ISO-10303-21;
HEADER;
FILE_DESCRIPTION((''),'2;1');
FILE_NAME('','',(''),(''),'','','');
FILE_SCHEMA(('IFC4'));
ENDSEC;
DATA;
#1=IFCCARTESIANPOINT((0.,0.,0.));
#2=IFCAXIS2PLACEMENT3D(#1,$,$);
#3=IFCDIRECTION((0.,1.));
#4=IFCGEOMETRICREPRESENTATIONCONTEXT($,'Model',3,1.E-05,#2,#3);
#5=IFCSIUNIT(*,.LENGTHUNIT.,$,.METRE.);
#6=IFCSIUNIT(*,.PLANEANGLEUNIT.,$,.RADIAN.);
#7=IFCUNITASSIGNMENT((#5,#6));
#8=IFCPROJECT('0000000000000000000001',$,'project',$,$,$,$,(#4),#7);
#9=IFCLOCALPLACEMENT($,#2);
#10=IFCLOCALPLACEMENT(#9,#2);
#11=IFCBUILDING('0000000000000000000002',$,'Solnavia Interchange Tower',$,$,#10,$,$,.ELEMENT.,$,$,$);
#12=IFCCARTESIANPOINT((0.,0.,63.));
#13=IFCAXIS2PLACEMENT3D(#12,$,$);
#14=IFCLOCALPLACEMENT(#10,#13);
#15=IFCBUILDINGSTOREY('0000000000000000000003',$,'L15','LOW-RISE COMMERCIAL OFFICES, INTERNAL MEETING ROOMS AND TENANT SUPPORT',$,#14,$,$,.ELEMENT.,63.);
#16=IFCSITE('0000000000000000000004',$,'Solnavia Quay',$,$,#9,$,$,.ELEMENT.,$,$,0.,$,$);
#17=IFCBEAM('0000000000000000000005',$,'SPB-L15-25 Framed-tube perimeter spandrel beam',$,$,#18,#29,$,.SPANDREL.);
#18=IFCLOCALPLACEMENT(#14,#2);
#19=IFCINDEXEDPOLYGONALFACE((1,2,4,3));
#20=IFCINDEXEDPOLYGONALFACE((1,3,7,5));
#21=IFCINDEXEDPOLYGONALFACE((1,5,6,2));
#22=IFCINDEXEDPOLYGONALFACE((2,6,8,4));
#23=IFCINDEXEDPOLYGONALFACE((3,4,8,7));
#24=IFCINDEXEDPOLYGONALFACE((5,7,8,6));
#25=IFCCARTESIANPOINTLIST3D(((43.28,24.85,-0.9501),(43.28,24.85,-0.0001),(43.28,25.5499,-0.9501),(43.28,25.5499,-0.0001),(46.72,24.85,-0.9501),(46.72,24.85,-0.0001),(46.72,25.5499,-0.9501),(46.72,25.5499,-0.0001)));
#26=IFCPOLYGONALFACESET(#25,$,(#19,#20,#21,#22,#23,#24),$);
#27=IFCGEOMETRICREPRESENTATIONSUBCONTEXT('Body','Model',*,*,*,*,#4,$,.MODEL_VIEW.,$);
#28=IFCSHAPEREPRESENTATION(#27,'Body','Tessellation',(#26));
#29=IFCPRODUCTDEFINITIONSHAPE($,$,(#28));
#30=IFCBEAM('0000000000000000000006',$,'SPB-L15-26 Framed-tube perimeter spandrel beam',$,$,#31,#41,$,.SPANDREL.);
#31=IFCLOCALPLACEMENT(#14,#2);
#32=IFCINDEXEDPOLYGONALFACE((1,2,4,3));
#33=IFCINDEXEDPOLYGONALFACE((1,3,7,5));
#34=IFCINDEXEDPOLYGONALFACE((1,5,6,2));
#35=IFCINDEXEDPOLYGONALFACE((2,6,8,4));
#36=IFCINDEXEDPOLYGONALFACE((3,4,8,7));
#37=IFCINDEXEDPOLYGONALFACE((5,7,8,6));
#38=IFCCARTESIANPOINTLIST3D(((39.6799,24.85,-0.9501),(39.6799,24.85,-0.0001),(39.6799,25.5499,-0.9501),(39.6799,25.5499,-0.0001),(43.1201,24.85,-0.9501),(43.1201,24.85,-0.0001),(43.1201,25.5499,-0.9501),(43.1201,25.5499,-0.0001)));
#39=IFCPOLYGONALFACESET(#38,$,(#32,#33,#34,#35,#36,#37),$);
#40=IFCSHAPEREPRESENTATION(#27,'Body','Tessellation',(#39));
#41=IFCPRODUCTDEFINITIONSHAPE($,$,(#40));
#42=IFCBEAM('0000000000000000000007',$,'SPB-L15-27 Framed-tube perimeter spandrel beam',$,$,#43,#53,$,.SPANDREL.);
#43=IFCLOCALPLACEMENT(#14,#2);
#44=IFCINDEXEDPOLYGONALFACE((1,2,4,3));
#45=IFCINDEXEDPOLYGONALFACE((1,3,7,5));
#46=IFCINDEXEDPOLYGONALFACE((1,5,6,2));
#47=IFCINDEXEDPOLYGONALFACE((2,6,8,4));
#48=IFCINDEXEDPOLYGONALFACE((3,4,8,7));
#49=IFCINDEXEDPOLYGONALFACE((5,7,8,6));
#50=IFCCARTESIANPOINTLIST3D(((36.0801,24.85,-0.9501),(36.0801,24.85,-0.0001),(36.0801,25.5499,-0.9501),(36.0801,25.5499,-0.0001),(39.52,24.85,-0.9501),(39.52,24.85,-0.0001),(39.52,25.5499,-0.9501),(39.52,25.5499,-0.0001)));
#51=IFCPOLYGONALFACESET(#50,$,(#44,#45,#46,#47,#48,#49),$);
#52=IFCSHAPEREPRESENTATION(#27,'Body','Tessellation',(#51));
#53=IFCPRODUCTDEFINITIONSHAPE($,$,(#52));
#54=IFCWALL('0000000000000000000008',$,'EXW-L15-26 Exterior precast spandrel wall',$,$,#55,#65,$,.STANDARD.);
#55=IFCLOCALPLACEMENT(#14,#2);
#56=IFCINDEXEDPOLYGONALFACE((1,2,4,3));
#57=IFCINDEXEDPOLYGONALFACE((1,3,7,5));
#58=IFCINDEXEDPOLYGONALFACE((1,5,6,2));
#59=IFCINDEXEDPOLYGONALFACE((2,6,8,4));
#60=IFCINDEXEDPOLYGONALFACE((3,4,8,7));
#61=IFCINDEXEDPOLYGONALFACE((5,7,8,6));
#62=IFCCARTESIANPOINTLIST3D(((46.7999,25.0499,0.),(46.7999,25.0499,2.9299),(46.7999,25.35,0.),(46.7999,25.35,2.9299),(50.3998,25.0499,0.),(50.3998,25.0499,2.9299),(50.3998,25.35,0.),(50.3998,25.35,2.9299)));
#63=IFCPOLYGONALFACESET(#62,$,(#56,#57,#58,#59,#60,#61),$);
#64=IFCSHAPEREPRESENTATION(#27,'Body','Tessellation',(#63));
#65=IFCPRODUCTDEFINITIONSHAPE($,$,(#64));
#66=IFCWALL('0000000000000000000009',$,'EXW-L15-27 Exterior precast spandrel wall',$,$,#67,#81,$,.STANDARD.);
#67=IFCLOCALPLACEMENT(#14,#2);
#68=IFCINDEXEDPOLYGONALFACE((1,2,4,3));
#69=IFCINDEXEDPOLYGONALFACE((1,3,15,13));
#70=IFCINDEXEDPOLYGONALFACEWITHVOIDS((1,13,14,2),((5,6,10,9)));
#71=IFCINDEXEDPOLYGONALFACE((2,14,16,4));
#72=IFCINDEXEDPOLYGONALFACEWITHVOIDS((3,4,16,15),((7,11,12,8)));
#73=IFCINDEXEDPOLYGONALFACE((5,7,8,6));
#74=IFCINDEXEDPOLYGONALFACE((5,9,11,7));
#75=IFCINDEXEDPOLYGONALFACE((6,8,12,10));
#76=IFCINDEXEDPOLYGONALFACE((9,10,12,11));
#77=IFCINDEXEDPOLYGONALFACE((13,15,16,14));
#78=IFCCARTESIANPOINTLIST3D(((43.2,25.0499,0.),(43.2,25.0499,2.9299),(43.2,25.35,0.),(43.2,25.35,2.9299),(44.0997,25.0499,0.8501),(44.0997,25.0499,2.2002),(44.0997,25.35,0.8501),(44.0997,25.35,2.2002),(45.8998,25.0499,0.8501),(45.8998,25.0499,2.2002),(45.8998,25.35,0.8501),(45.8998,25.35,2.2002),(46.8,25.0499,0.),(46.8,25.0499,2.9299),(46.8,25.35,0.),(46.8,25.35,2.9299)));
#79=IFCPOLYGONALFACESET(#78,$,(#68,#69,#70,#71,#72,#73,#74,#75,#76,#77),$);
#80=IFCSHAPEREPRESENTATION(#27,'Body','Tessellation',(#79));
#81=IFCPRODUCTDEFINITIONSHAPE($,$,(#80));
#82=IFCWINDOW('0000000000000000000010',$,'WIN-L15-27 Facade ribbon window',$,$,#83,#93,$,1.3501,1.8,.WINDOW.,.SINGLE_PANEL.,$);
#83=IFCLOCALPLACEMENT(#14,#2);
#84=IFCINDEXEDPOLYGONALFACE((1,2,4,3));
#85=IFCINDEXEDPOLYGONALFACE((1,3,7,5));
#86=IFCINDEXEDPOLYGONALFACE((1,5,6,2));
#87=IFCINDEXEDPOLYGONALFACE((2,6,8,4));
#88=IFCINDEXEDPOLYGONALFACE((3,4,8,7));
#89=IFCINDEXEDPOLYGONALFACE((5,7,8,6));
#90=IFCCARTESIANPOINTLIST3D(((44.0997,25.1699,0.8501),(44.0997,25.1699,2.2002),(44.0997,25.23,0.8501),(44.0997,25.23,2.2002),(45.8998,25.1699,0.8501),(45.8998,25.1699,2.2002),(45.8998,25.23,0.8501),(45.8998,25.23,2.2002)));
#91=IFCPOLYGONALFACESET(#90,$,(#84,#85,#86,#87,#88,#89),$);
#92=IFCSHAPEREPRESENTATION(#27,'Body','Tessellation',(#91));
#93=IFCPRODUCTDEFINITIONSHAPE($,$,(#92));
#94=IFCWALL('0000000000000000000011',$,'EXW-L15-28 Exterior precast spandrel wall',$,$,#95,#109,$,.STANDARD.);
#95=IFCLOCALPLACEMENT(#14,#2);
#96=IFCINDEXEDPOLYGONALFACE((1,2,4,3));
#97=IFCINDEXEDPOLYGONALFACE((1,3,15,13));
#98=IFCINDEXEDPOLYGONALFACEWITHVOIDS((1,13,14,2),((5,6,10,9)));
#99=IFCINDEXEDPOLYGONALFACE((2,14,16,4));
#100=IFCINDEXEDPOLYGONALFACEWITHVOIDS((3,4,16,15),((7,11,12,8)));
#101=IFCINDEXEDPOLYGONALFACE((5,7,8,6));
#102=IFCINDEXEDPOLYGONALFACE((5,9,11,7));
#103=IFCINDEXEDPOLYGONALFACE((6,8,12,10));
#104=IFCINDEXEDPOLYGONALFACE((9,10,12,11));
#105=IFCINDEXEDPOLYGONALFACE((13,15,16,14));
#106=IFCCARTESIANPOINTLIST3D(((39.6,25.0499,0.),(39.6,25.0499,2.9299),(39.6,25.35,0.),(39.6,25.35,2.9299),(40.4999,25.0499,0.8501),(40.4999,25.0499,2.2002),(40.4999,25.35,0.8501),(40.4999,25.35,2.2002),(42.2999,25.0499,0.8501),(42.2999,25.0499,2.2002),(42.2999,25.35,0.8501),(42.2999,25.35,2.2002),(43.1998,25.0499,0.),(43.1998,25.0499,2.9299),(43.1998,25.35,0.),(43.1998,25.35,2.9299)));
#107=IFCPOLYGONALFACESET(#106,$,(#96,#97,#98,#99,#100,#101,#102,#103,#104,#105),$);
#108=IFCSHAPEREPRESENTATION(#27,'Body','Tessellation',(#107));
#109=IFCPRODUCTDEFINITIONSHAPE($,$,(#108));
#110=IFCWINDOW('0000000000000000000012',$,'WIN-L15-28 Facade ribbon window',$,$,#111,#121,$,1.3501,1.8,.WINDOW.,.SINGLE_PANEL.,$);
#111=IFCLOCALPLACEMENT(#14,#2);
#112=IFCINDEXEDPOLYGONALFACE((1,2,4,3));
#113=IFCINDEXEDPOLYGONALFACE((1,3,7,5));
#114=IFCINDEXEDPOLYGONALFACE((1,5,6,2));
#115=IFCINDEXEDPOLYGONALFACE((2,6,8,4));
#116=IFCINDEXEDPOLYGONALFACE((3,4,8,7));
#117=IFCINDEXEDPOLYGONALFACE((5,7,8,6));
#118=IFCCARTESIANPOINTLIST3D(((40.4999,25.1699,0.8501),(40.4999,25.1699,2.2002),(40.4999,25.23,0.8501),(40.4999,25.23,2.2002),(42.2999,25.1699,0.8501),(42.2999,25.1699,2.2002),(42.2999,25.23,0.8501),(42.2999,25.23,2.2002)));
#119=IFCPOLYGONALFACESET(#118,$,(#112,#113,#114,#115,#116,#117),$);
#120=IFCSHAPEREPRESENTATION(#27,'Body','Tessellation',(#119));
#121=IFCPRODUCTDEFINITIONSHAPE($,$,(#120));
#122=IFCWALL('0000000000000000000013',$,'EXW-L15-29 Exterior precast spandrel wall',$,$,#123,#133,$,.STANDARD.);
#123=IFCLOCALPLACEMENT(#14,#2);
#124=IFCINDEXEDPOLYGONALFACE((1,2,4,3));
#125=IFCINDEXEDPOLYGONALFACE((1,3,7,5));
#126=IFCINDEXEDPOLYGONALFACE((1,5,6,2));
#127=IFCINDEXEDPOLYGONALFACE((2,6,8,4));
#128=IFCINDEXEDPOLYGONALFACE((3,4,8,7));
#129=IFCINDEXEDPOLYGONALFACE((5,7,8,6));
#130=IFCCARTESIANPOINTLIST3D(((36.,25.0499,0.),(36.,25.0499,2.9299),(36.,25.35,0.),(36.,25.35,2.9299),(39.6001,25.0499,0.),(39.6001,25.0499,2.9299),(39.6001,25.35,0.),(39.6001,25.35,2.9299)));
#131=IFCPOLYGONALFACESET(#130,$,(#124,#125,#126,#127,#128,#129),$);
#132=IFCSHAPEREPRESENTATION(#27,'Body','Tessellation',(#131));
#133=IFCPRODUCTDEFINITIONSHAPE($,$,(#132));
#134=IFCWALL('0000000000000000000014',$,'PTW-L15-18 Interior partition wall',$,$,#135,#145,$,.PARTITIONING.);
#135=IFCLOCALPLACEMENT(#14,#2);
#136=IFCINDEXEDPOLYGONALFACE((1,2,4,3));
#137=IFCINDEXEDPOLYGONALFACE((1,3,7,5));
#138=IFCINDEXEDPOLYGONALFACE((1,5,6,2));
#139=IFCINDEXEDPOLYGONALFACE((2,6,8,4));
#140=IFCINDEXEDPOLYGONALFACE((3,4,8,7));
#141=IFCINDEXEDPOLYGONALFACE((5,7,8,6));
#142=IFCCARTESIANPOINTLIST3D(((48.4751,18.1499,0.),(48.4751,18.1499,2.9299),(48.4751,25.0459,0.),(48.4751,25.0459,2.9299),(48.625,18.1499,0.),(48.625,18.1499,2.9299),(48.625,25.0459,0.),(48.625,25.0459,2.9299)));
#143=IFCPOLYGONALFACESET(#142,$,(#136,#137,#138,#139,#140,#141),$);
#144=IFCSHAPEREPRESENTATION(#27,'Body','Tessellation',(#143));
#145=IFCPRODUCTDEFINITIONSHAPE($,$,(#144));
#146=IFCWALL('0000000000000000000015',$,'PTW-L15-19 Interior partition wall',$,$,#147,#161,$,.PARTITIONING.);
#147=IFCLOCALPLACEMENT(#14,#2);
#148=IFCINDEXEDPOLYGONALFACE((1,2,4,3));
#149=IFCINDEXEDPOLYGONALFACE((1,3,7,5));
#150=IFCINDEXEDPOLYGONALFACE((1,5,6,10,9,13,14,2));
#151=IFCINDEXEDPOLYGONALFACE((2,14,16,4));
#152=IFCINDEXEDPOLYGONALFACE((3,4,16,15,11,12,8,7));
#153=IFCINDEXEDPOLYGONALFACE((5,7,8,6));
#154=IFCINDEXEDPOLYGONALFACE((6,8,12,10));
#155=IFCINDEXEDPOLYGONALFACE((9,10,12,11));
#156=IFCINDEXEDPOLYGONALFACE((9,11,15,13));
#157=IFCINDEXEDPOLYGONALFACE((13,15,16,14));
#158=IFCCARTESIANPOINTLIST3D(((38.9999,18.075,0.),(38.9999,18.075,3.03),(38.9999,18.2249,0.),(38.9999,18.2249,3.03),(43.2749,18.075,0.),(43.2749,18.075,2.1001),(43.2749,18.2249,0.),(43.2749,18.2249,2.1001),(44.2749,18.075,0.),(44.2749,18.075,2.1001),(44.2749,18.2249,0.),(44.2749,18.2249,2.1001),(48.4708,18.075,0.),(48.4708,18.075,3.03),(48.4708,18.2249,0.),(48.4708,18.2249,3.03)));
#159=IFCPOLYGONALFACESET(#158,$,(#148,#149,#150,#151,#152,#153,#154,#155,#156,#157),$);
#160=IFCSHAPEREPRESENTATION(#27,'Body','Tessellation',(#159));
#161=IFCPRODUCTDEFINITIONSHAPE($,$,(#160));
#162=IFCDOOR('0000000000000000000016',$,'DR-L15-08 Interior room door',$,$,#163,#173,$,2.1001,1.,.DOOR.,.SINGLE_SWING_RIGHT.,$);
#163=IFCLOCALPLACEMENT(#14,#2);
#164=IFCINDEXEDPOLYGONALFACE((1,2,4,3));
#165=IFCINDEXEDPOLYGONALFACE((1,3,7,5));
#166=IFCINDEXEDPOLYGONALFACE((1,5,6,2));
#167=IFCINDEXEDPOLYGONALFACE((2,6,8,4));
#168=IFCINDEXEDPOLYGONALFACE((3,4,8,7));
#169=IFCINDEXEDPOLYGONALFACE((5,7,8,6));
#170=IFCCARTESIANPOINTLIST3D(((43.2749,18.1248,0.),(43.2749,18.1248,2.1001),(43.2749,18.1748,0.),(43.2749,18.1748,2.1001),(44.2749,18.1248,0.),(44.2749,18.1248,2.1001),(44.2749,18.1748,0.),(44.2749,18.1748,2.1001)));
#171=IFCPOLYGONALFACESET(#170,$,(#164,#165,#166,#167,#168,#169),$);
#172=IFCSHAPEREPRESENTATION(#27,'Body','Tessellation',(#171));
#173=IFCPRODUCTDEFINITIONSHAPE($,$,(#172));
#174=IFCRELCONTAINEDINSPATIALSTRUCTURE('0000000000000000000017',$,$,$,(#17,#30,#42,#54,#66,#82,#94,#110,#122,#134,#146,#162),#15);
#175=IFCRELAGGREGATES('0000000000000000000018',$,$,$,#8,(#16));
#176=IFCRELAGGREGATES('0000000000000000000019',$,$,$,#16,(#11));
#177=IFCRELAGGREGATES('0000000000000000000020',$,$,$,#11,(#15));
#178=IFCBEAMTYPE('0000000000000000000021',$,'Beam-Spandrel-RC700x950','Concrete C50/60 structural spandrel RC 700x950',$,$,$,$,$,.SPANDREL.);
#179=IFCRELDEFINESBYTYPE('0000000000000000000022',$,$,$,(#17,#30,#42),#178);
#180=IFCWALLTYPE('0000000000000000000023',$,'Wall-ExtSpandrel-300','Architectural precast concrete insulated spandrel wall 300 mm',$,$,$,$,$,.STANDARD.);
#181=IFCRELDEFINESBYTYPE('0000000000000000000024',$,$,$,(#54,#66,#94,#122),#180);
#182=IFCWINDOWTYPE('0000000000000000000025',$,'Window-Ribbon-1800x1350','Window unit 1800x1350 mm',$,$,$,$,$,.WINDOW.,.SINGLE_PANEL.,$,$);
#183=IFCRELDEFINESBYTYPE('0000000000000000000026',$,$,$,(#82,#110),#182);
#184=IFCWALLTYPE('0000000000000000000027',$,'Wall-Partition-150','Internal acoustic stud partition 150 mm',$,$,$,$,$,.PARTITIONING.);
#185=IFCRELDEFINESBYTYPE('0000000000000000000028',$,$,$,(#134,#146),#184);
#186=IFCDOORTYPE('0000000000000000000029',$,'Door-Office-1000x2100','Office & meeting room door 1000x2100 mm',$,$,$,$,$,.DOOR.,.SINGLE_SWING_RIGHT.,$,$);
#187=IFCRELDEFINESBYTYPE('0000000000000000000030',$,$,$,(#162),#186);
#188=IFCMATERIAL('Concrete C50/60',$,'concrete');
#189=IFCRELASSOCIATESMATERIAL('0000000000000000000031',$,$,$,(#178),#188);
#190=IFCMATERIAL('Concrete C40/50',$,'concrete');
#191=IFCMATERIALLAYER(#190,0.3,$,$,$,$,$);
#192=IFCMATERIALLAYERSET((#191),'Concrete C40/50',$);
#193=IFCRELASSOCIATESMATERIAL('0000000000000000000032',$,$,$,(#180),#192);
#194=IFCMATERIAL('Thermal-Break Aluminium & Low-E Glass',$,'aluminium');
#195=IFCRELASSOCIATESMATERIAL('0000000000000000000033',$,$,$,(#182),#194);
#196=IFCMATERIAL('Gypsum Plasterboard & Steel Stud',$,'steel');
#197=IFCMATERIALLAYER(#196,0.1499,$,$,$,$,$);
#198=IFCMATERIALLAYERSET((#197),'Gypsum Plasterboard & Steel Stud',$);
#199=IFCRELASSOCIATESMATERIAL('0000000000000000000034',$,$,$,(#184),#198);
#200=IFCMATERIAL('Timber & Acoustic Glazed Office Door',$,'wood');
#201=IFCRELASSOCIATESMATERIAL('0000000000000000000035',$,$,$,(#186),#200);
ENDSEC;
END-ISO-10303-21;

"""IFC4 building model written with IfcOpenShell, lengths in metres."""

from ifc_helpers import new_model, si_unit, direction, frame, frame_2d, origin, origin_2d, place, context, subcontext, project, spatial, rectangle, extrude, material, layer, layer_set, material_profile, profile_set, type_object, element, fill, save


model = new_model("IFC4")

# Units and contexts
model_context = context("Model", 3, precision=1e-05, world=origin(), true_north=direction((0.0, 1.0)))
body_context = subcontext(model_context, "Body", "Model", "MODEL_VIEW")
ifc_project = project(units=[si_unit("LENGTHUNIT", "METRE"), si_unit("PLANEANGLEUNIT", "RADIAN")], contexts=[model_context])

# Site, building, storey
site_placement = place(None, origin())
site = spatial("IfcSite", under=ifc_project, at=site_placement, Name="Solnavia Quay", CompositionType="ELEMENT", RefElevation=0.0)
building_placement = place(site_placement, origin())
building = spatial("IfcBuilding", under=site, at=building_placement, Name="Solnavia Interchange Tower", CompositionType="ELEMENT")
storey_placement = place(building_placement, frame((0.0, 0.0, 63.0)))
storey = spatial("IfcBuildingStorey", under=building, at=storey_placement, Name="L15", Description="LOW-RISE COMMERCIAL OFFICES, INTERNAL MEETING ROOMS AND TENANT SUPPORT", CompositionType="ELEMENT", Elevation=63.0)

# Beams
ifc_material_1 = material(Name="Concrete C50/60", Category="concrete")
ifc_material_profile_1 = material_profile(ifc_material_1, rectangle(XDim=0.7, YDim=0.95, at=origin_2d()), Name="RC 700x950")
ifc_profile_set_1 = profile_set([ifc_material_profile_1], Name="Concrete C50/60")
beam_type_1 = type_object("IfcBeamType", Name="Beam-Spandrel-RC700x950", Description="Concrete C50/60 structural spandrel RC 700x950", PredefinedType="SPANDREL", material=ifc_profile_set_1)
beam_1_placement = place(storey_placement, frame((46.72, 25.2, -0.4751), z_axis=(-1.0, 0.0, 0.0), x_axis=(0.0, -1.0, 0.0)))
element("IfcBeam", 1, at=beam_1_placement, inside=storey, type_object=beam_type_1, Name="SPB-L15-25 Framed-tube perimeter spandrel beam", PredefinedType="SPANDREL", context=body_context, shape_type="SweptSolid", body=[
    extrude(rectangle(XDim=0.7, YDim=0.95, at=origin_2d()), origin(), (0.0, 0.0, 1.0), 3.4399),
])
beam_2_placement = place(storey_placement, frame((43.1201, 25.2, -0.4751), z_axis=(-1.0, 0.0, 0.0), x_axis=(0.0, -1.0, 0.0)))
element("IfcBeam", 2, at=beam_2_placement, inside=storey, type_object=beam_type_1, Name="SPB-L15-26 Framed-tube perimeter spandrel beam", PredefinedType="SPANDREL", context=body_context, shape_type="SweptSolid", body=[
    extrude(rectangle(XDim=0.7, YDim=0.95, at=origin_2d()), origin(), (0.0, 0.0, 1.0), 3.4402),
])
beam_3_placement = place(storey_placement, frame((39.52, 25.2, -0.4751), z_axis=(-1.0, 0.0, 0.0), x_axis=(0.0, -1.0, 0.0)))
element("IfcBeam", 3, at=beam_3_placement, inside=storey, type_object=beam_type_1, Name="SPB-L15-27 Framed-tube perimeter spandrel beam", PredefinedType="SPANDREL", context=body_context, shape_type="SweptSolid", body=[
    extrude(rectangle(XDim=0.7, YDim=0.95, at=origin_2d()), origin(), (0.0, 0.0, 1.0), 3.4399),
])

# Wall
ifc_material_2 = material(Name="Concrete C40/50", Category="concrete")
ifc_layer_1 = layer(ifc_material_2, 0.3)
ifc_layer_set_1 = layer_set([ifc_layer_1], Name="Concrete C40/50")
wall_type_1 = type_object("IfcWallType", Name="Wall-ExtSpandrel-300", Description="Architectural precast concrete insulated spandrel wall 300 mm", PredefinedType="STANDARD", material=ifc_layer_set_1)
wall_1_placement = place(storey_placement, frame((46.8, 25.2, 0.0), z_axis=(0.0, 0.0, 1.0), x_axis=(1.0, 0.0, 0.0)))
element("IfcWall", 4, at=wall_1_placement, inside=storey, type_object=wall_type_1, Name="EXW-L15-26 Exterior precast spandrel wall", PredefinedType="STANDARD", context=body_context, shape_type="SweptSolid", body=[
    extrude(rectangle(XDim=3.5999, YDim=0.3, at=frame_2d((1.7998, 0.0))), origin(), (0.0, 0.0, 1.0), 2.9299),
])

# Walls, openings, windows
wall_2_placement = place(storey_placement, frame((43.2, 25.2, 0.0), z_axis=(0.0, 0.0, 1.0), x_axis=(1.0, 0.0, 0.0)))
wall_2 = element("IfcWall", 5, at=wall_2_placement, inside=storey, type_object=wall_type_1, Name="EXW-L15-27 Exterior precast spandrel wall", PredefinedType="STANDARD", context=body_context, shape_type="SweptSolid", body=[
    extrude(rectangle(XDim=3.6001, YDim=0.3, at=frame_2d((1.8, 0.0))), origin(), (0.0, 0.0, 1.0), 2.9299),
])
opening_1_placement = place(wall_2_placement, frame((0.8999, 0.0, 0.8501)))
opening_1 = element("IfcOpeningElement", 6, at=opening_1_placement, cuts=wall_2, PredefinedType="OPENING", context=body_context, shape_type="SweptSolid", body=[
    extrude(rectangle(XDim=1.8, YDim=1.3501, at=frame_2d((0.8999, 0.675))), frame((0.0, 0.1602, 0.0), z_axis=(0.0, -1.0, 0.0), x_axis=(1.0, 0.0, 0.0)), (0.0, 0.0, 1.0), 0.3201),
])
ifc_material_3 = material(Name="Thermal-Break Aluminium & Low-E Glass", Category="aluminium")
window_type = type_object("IfcWindowType", Name="Window-Ribbon-1800x1350", Description="Window unit 1800x1350 mm", PartitioningType="SINGLE_PANEL", PredefinedType="WINDOW", material=ifc_material_3)
window_1_placement = place(opening_1_placement, origin())
window_1 = element("IfcWindow", 7, at=window_1_placement, inside=storey, type_object=window_type, Name="WIN-L15-27 Facade ribbon window", OverallHeight=1.3501, OverallWidth=1.8, PartitioningType="SINGLE_PANEL", PredefinedType="WINDOW", context=body_context, shape_type="SweptSolid", body=[
    extrude(rectangle(XDim=1.8, YDim=1.3501, at=frame_2d((0.8999, 0.675))), frame((0.0, 0.03, 0.0), z_axis=(0.0, -1.0, 0.0), x_axis=(1.0, 0.0, 0.0)), (0.0, 0.0, 1.0), 0.0601),
])
fill(opening_1, window_1)
wall_3_placement = place(storey_placement, frame((39.6001, 25.2, 0.0), z_axis=(0.0, 0.0, 1.0), x_axis=(1.0, 0.0, 0.0)))
wall_3 = element("IfcWall", 8, at=wall_3_placement, inside=storey, type_object=wall_type_1, Name="EXW-L15-28 Exterior precast spandrel wall", PredefinedType="STANDARD", context=body_context, shape_type="SweptSolid", body=[
    extrude(rectangle(XDim=3.5999, YDim=0.3, at=frame_2d((1.7998, 0.0))), origin(), (0.0, 0.0, 1.0), 2.9299),
])
opening_2_placement = place(wall_3_placement, frame((0.8999, 0.0, 0.8501)))
opening_2 = element("IfcOpeningElement", 9, at=opening_2_placement, cuts=wall_3, PredefinedType="OPENING", context=body_context, shape_type="SweptSolid", body=[
    extrude(rectangle(XDim=1.8, YDim=1.3501, at=frame_2d((0.8999, 0.675))), frame((0.0, 0.1602, 0.0), z_axis=(0.0, -1.0, 0.0), x_axis=(1.0, 0.0, 0.0)), (0.0, 0.0, 1.0), 0.3201),
])
window_2_placement = place(opening_2_placement, origin())
window_2 = element("IfcWindow", 10, at=window_2_placement, inside=storey, type_object=window_type, Name="WIN-L15-28 Facade ribbon window", OverallHeight=1.3501, OverallWidth=1.8, PartitioningType="SINGLE_PANEL", PredefinedType="WINDOW", context=body_context, shape_type="SweptSolid", body=[
    extrude(rectangle(XDim=1.8, YDim=1.3501, at=frame_2d((0.8999, 0.675))), frame((0.0, 0.03, 0.0), z_axis=(0.0, -1.0, 0.0), x_axis=(1.0, 0.0, 0.0)), (0.0, 0.0, 1.0), 0.0601),
])
fill(opening_2, window_2)

# Walls
wall_4_placement = place(storey_placement, frame((36.0, 25.2, 0.0), z_axis=(0.0, 0.0, 1.0), x_axis=(1.0, 0.0, 0.0)))
element("IfcWall", 11, at=wall_4_placement, inside=storey, type_object=wall_type_1, Name="EXW-L15-29 Exterior precast spandrel wall", PredefinedType="STANDARD", context=body_context, shape_type="SweptSolid", body=[
    extrude(rectangle(XDim=3.6001, YDim=0.3, at=frame_2d((1.8, 0.0))), origin(), (0.0, 0.0, 1.0), 2.9299),
])
ifc_material_4 = material(Name="Gypsum Plasterboard & Steel Stud", Category="steel")
ifc_layer_2 = layer(ifc_material_4, 0.1499)
ifc_layer_set_2 = layer_set([ifc_layer_2], Name="Gypsum Plasterboard & Steel Stud")
wall_type_2 = type_object("IfcWallType", Name="Wall-Partition-150", Description="Internal acoustic stud partition 150 mm", PredefinedType="PARTITIONING", material=ifc_layer_set_2)
wall_5_placement = place(storey_placement, frame((48.55, 18.1499, 0.0), z_axis=(0.0, 0.0, 1.0), x_axis=(0.0, 1.0, 0.0)))
element("IfcWall", 12, at=wall_5_placement, inside=storey, type_object=wall_type_2, Name="PTW-L15-18 Interior partition wall", PredefinedType="PARTITIONING", context=body_context, shape_type="SweptSolid", body=[
    extrude(rectangle(XDim=6.896, YDim=0.1499, at=frame_2d((3.448, 0.0))), origin(), (0.0, 0.0, 1.0), 2.9299),
])

# Wall, opening, door
wall_6_placement = place(storey_placement, frame((39.0, 18.1499, 0.0), z_axis=(0.0, 0.0, 1.0), x_axis=(1.0, 0.0, 0.0)))
wall_6 = element("IfcWall", 13, at=wall_6_placement, inside=storey, type_object=wall_type_2, Name="PTW-L15-19 Interior partition wall", PredefinedType="PARTITIONING", context=body_context, shape_type="SweptSolid", body=[
    extrude(rectangle(XDim=9.4709, YDim=0.1499, at=frame_2d((4.7354, 0.0))), origin(), (0.0, 0.0, 1.0), 3.03),
])
opening_3_placement = place(wall_6_placement, frame((4.2749, 0.0, 0.0)))
opening_3 = element("IfcOpeningElement", 14, at=opening_3_placement, cuts=wall_6, PredefinedType="OPENING", context=body_context, shape_type="SweptSolid", body=[
    extrude(rectangle(XDim=1.0, YDim=2.1001, at=frame_2d((0.5, 1.05))), frame((0.0, 0.085, 0.0), z_axis=(0.0, -1.0, 0.0), x_axis=(1.0, 0.0, 0.0)), (0.0, 0.0, 1.0), 0.1699),
])
ifc_material_5 = material(Name="Timber & Acoustic Glazed Office Door", Category="wood")
door_type_1 = type_object("IfcDoorType", Name="Door-Office-1000x2100", Description="Office & meeting room door 1000x2100 mm", OperationType="SINGLE_SWING_RIGHT", PredefinedType="DOOR", material=ifc_material_5)
door_1_placement = place(opening_3_placement, origin())
door_1 = element("IfcDoor", 15, at=door_1_placement, inside=storey, type_object=door_type_1, Name="DR-L15-08 Interior room door", OperationType="SINGLE_SWING_RIGHT", OverallHeight=2.1001, OverallWidth=1.0, PredefinedType="DOOR", context=body_context, shape_type="SweptSolid", body=[
    extrude(rectangle(XDim=1.0, YDim=2.1001, at=frame_2d((0.5, 1.05))), frame((0.0, 0.0249, 0.0), z_axis=(0.0, -1.0, 0.0), x_axis=(1.0, 0.0, 0.0)), (0.0, 0.0, 1.0), 0.05),
])
fill(opening_3, door_1)

save(model, "model.ifc")
